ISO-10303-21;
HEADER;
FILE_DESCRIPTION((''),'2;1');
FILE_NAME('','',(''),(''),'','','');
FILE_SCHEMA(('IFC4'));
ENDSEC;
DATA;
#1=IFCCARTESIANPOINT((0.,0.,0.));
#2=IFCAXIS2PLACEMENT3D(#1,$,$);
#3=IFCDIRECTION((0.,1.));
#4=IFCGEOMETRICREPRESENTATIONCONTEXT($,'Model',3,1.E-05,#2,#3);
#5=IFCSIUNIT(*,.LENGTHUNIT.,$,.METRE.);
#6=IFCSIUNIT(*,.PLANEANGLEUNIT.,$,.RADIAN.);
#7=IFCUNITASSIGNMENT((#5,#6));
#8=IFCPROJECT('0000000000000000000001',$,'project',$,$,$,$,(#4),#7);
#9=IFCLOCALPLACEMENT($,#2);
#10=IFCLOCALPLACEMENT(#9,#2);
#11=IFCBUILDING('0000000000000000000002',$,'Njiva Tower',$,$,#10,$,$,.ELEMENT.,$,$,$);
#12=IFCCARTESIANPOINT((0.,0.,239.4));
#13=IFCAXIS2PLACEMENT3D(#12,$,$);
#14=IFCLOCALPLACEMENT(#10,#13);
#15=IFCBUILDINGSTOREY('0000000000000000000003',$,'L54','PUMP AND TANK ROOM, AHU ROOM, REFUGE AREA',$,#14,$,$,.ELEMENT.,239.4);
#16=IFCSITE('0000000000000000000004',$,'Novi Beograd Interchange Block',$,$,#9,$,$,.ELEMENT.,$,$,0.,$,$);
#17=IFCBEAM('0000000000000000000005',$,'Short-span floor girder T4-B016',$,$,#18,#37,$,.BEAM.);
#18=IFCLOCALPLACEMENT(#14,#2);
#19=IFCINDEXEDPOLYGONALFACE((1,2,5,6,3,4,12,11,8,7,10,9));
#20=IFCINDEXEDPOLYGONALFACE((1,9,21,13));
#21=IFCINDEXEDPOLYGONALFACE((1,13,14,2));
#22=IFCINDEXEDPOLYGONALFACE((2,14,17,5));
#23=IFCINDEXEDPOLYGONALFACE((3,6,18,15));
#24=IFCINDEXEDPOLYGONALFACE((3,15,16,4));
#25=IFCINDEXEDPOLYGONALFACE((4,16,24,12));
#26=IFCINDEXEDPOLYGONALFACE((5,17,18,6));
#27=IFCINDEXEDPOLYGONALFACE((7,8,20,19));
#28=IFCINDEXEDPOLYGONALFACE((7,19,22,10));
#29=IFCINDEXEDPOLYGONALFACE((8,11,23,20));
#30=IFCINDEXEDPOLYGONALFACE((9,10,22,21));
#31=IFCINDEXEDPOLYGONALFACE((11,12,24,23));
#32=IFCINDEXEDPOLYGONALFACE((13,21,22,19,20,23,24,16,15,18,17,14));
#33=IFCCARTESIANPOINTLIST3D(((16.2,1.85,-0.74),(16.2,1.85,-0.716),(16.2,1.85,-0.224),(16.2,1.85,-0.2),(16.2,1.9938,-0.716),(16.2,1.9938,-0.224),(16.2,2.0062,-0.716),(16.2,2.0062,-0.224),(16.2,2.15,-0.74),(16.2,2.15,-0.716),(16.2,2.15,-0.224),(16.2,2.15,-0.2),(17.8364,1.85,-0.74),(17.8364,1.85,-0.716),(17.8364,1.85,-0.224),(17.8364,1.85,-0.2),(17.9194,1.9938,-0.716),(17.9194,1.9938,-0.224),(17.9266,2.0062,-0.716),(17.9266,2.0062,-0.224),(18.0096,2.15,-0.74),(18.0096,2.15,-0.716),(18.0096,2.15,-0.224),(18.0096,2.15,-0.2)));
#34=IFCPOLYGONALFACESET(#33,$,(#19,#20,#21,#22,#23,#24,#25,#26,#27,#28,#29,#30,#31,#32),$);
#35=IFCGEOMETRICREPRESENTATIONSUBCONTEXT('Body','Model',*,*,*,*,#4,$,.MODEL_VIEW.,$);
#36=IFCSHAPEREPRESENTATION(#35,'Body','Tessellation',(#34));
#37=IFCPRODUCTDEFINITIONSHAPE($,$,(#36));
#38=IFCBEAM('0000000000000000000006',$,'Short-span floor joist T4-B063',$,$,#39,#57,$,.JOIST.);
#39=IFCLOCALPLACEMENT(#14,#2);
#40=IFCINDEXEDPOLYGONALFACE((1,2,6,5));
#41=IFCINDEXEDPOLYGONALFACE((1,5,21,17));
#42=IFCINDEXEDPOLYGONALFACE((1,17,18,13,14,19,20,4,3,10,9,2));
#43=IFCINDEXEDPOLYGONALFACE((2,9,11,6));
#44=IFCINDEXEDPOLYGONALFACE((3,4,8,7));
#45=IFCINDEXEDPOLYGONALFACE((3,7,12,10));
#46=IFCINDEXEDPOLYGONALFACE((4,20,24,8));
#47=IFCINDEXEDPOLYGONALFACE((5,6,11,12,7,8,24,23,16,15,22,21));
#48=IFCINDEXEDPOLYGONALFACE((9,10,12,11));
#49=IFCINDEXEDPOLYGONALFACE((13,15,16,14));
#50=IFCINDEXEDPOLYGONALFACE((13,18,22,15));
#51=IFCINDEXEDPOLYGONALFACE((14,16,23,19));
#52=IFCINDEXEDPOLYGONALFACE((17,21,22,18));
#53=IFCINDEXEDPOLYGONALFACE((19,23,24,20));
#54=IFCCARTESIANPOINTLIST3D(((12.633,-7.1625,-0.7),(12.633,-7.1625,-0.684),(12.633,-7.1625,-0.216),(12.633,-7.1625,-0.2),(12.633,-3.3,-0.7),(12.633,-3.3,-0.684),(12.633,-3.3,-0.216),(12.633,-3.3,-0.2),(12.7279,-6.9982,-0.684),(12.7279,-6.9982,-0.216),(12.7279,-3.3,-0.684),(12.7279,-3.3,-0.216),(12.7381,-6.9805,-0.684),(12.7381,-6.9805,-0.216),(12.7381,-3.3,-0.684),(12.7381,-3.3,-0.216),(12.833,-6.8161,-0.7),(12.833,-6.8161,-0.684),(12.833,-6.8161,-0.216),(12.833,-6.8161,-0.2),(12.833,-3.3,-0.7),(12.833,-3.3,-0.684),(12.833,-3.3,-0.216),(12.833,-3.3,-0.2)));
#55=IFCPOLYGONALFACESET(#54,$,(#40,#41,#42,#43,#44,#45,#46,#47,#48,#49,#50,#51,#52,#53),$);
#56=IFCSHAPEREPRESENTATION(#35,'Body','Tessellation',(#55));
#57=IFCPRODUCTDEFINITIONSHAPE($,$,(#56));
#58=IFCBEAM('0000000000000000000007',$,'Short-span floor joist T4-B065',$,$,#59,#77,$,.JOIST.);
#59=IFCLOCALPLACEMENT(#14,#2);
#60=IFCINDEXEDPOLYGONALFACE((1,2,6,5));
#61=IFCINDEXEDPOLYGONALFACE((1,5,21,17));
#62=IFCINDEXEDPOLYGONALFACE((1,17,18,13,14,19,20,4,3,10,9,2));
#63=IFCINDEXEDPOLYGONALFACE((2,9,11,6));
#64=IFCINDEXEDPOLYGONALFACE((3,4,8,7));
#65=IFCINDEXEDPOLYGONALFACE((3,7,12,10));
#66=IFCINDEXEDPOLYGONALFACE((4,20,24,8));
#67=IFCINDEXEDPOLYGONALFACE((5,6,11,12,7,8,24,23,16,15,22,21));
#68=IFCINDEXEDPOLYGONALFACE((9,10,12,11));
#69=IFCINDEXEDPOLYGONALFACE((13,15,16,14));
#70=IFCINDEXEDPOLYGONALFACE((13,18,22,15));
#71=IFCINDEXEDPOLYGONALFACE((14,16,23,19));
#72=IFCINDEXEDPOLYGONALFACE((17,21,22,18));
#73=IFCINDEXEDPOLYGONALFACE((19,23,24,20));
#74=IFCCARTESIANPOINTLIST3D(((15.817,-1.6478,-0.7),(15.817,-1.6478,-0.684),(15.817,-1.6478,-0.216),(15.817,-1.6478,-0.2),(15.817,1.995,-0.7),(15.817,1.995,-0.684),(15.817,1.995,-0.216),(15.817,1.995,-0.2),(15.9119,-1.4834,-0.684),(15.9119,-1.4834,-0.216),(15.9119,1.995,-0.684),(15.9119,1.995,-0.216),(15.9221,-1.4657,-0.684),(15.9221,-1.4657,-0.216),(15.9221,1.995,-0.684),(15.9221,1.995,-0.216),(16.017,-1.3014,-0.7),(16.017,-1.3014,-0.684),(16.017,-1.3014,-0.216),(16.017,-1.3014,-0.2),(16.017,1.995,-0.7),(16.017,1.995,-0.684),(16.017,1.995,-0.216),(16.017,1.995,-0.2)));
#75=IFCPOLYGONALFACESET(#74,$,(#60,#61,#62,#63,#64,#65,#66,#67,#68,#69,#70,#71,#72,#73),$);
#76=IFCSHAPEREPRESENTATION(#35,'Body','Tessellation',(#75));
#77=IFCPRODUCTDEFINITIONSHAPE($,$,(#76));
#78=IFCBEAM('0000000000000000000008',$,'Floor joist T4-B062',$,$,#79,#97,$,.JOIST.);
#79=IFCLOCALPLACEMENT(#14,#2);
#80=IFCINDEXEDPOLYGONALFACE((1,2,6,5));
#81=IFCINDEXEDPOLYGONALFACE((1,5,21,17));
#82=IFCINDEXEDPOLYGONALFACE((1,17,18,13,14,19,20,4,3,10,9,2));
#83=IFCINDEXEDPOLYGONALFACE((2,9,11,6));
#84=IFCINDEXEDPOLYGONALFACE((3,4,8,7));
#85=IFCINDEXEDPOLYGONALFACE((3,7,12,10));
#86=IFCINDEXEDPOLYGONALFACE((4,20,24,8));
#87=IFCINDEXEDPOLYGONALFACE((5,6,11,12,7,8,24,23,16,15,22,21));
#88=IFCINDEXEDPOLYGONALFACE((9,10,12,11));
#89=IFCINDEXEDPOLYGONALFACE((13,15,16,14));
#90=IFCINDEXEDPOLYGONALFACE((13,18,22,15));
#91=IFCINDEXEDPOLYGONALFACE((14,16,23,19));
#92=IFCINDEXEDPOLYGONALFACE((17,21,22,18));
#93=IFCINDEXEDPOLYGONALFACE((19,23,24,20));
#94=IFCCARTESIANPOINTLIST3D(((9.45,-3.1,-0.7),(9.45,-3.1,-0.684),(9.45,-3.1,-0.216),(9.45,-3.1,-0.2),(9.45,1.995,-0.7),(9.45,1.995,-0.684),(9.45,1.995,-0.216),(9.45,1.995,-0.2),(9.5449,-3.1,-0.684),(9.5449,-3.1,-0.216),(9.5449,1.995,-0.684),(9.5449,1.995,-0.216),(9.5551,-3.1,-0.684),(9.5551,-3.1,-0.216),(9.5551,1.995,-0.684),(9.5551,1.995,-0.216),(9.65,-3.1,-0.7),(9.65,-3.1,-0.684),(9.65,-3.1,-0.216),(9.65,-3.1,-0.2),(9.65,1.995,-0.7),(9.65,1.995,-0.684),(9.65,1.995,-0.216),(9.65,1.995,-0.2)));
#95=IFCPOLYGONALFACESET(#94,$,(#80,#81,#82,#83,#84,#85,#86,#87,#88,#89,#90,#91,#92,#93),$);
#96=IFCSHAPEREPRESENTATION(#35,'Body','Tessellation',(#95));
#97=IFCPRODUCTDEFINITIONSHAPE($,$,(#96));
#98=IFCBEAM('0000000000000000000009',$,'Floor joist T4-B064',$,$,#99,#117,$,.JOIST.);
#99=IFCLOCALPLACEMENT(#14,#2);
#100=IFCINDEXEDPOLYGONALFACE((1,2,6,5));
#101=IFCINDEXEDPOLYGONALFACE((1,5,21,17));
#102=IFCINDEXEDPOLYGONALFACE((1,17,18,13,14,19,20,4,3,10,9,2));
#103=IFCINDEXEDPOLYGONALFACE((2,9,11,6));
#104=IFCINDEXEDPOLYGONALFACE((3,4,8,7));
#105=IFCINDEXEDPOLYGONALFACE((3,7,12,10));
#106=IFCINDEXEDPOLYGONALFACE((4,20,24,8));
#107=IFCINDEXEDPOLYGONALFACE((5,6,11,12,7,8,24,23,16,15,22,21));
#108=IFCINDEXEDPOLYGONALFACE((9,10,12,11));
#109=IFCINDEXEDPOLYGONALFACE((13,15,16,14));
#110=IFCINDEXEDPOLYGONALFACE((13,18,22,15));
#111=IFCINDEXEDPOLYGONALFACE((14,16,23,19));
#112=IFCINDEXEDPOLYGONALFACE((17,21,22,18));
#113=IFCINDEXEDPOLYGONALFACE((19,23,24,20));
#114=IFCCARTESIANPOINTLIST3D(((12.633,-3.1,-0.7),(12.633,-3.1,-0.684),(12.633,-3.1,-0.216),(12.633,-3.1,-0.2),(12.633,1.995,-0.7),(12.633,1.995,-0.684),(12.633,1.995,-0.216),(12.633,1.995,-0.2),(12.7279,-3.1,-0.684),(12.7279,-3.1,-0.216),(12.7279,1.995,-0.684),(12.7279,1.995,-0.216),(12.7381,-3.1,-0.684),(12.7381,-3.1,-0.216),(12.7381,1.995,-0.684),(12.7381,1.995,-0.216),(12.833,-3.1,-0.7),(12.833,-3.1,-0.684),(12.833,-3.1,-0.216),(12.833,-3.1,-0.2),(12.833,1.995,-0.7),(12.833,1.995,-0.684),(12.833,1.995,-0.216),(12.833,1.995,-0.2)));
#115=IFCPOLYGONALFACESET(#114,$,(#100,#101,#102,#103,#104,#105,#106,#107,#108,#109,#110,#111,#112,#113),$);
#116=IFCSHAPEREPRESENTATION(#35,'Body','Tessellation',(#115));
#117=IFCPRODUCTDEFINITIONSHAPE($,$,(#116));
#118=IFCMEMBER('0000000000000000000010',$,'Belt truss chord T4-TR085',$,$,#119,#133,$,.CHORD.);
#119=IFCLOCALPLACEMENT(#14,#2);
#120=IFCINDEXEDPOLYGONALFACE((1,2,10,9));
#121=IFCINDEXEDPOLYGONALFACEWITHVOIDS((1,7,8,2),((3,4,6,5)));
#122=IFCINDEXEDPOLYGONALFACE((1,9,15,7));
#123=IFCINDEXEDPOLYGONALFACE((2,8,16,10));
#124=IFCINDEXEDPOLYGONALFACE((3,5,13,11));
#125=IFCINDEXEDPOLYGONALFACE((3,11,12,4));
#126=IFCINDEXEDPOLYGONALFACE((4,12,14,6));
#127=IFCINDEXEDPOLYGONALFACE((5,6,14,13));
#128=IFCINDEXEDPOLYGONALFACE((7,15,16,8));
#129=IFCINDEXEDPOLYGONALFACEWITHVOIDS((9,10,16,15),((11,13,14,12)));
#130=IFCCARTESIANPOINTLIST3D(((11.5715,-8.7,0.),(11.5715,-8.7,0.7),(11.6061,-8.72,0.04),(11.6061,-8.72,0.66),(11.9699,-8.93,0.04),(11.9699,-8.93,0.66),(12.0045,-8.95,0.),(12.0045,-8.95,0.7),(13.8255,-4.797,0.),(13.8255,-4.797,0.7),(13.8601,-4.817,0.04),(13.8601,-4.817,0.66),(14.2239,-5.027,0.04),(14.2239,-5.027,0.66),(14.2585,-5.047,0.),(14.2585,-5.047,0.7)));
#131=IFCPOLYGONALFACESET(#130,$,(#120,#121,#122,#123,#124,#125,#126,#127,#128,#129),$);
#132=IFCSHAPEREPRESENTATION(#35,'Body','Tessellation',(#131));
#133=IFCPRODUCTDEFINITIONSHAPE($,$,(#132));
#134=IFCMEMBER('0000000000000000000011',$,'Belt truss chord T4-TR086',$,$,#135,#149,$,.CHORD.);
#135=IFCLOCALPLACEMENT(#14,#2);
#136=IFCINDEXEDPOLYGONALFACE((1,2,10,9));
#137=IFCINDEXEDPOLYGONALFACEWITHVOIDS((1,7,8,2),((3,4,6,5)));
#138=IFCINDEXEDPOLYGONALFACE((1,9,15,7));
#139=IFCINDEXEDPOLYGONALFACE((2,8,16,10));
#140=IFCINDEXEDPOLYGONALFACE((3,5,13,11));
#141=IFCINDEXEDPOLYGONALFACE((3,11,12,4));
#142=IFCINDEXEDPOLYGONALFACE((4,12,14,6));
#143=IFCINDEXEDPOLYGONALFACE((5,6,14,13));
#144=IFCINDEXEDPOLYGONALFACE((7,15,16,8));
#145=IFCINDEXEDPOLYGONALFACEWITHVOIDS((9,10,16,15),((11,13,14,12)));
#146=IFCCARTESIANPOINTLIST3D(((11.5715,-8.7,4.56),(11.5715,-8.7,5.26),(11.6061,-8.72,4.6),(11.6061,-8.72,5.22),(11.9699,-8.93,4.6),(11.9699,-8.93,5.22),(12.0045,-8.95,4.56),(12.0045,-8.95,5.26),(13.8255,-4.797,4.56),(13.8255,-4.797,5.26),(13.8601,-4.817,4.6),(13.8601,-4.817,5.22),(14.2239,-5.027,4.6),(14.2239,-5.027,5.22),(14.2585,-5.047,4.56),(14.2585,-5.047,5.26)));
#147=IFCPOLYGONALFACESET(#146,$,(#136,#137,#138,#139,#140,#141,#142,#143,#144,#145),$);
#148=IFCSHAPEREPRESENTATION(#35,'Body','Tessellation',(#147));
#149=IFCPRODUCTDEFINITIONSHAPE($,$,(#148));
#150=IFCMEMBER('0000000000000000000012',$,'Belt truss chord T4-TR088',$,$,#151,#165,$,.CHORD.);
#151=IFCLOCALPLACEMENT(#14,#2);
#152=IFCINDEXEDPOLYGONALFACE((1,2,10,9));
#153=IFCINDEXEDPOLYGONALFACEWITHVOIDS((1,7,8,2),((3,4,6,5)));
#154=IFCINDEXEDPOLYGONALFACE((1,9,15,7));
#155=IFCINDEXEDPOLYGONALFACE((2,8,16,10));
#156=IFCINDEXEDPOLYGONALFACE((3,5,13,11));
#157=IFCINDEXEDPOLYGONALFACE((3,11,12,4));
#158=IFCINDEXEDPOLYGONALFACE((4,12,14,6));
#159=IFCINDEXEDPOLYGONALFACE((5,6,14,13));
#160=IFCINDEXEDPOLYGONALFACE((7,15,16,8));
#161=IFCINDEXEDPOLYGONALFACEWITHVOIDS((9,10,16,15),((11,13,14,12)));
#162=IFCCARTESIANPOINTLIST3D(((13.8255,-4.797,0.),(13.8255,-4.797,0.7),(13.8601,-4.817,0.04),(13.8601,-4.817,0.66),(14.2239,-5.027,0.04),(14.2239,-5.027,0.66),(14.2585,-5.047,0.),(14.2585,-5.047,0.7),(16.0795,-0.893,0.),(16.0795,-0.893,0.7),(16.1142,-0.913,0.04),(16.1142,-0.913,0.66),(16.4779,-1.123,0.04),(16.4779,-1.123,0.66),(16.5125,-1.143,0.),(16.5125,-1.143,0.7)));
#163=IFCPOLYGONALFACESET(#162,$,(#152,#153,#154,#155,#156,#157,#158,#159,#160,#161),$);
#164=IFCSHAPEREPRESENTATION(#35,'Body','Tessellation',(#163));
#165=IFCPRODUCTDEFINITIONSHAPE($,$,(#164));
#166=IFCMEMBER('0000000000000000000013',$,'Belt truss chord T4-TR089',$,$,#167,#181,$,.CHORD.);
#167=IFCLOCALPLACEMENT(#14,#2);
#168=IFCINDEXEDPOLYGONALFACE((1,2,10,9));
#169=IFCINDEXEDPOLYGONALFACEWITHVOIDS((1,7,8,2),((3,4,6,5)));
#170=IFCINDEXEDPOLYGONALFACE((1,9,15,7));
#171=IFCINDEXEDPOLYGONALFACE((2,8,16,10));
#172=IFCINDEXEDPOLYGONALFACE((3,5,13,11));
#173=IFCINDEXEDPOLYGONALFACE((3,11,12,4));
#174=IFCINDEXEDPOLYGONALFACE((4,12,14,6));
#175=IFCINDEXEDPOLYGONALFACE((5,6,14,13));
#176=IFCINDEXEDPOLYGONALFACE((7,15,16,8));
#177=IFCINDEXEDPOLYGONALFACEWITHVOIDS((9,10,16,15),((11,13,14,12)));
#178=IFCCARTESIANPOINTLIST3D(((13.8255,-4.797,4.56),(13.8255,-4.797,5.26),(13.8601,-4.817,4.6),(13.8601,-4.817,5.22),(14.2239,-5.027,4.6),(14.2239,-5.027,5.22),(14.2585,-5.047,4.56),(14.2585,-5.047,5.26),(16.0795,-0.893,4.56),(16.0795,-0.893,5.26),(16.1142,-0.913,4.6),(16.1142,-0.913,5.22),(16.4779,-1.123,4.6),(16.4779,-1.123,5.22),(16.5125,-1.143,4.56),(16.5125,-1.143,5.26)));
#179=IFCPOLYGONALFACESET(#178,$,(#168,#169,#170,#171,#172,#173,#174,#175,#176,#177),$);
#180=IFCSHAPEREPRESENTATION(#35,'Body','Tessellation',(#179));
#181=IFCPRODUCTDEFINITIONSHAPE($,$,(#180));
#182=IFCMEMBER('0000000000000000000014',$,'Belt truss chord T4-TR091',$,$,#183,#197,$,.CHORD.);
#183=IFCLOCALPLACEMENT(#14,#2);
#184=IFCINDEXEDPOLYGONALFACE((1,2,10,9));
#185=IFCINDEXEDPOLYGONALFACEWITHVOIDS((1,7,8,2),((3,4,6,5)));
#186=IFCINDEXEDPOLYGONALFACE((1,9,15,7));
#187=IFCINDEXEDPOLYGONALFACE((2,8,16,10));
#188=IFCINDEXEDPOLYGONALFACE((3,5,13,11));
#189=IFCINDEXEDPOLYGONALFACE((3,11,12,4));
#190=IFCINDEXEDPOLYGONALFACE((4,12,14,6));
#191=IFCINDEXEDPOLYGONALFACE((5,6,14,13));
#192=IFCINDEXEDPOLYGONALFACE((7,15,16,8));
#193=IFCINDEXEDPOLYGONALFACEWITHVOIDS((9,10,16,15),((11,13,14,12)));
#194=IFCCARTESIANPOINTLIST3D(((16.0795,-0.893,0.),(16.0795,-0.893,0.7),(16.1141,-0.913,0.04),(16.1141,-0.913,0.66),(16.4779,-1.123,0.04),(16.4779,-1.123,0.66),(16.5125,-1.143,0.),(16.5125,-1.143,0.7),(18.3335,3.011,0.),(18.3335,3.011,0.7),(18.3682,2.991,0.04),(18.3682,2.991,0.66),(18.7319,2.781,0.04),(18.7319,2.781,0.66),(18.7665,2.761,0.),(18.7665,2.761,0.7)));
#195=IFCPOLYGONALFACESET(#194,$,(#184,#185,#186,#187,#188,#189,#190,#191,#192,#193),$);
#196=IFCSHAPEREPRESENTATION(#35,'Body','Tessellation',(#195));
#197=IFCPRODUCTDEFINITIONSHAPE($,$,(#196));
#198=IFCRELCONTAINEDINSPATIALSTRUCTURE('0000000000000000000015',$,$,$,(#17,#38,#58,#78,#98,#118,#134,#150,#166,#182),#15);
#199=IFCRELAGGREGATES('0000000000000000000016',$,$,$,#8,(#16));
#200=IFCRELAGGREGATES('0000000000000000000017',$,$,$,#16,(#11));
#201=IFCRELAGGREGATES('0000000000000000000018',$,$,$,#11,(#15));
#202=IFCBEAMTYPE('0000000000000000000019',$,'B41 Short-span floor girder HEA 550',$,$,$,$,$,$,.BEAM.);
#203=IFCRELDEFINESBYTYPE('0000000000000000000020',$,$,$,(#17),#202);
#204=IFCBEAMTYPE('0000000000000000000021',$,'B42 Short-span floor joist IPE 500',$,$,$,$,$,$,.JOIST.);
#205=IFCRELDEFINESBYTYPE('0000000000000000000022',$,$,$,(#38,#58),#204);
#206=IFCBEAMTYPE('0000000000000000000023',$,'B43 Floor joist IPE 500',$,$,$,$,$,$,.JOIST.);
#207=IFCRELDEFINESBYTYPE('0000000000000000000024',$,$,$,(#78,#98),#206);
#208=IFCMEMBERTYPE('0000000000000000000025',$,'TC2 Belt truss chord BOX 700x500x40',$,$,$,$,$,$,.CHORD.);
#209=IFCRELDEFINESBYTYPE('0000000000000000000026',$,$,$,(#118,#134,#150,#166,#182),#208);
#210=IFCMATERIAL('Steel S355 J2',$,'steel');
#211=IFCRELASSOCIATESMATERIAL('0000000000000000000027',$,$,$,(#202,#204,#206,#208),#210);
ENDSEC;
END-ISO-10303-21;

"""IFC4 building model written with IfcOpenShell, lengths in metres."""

from ifc_helpers import new_model, si_unit, direction, frame, origin, origin_2d, place, context, subcontext, project, spatial, hollow_rectangle, i_section, extrude, clip, halfspace, material, material_profile, profile_set, type_object, element, save


model = new_model("IFC4")

# Units and contexts
model_context = context("Model", 3, precision=1e-05, world=origin(), true_north=direction((0.0, 1.0)))
body_context = subcontext(model_context, "Body", "Model", "MODEL_VIEW")
ifc_project = project(units=[si_unit("LENGTHUNIT", "METRE"), si_unit("PLANEANGLEUNIT", "RADIAN")], contexts=[model_context])

# Site, building, storey
site_placement = place(None, origin())
site = spatial("IfcSite", under=ifc_project, at=site_placement, Name="Novi Beograd Interchange Block", CompositionType="ELEMENT", RefElevation=0.0)
building_placement = place(site_placement, origin())
building = spatial("IfcBuilding", under=site, at=building_placement, Name="Njiva Tower", CompositionType="ELEMENT")
storey_placement = place(building_placement, frame((0.0, 0.0, 239.4)))
storey = spatial("IfcBuildingStorey", under=building, at=storey_placement, Name="L54", Description="PUMP AND TANK ROOM, AHU ROOM, REFUGE AREA", CompositionType="ELEMENT", Elevation=239.4)

# Shared definitions
ifc_material_1 = material(Name="Steel S355 J2", Category="steel")

# Beams
ifc_material_profile_1 = material_profile(ifc_material_1, i_section(OverallWidth=0.3, OverallDepth=0.54, WebThickness=0.0125, FlangeThickness=0.024, at=origin_2d()), Name="HEA 550")
ifc_profile_set_1 = profile_set([ifc_material_profile_1], Name="Steel S355 J2")
beam_type_1 = type_object("IfcBeamType", Name="B41 Short-span floor girder HEA 550", PredefinedType="BEAM", material=ifc_profile_set_1)
beam_1_placement = place(storey_placement, frame((16.2, 2.0, -0.47), z_axis=(1.0, 0.0, 0.0), x_axis=(0.0, 1.0, 0.0)))
element("IfcBeam", 1, at=beam_1_placement, inside=storey, type_object=beam_type_1, Name="Short-span floor girder T4-B016", PredefinedType="BEAM", context=body_context, shape_type="Clipping", body=[
    clip(extrude(i_section(OverallWidth=0.3, OverallDepth=0.54, WebThickness=0.0125, FlangeThickness=0.024, at=origin_2d()), origin(), (0.0, 0.0, 1.0), 1.83), halfspace(frame((-0.025, 0.0, 1.7086), z_axis=(-0.499998, 0.0, 0.866027), x_axis=(0.0, 1.0, 0.0)), False)),
])
ifc_material_profile_2 = material_profile(ifc_material_1, i_section(OverallWidth=0.2, OverallDepth=0.5, WebThickness=0.0102, FlangeThickness=0.016, at=origin_2d()), Name="IPE 500")
ifc_profile_set_2 = profile_set([ifc_material_profile_2], Name="Steel S355 J2")
beam_type_2 = type_object("IfcBeamType", Name="B42 Short-span floor joist IPE 500", PredefinedType="JOIST", material=ifc_profile_set_2)
beam_2_placement = place(storey_placement, frame((12.733, -3.3, -0.45), z_axis=(0.0, -1.0, 0.0), x_axis=(1.0, 0.0, 0.0)))
element("IfcBeam", 2, at=beam_2_placement, inside=storey, type_object=beam_type_2, Name="Short-span floor joist T4-B063", PredefinedType="JOIST", context=body_context, shape_type="Clipping", body=[
    clip(extrude(i_section(OverallWidth=0.2, OverallDepth=0.5, WebThickness=0.0102, FlangeThickness=0.016, at=origin_2d()), origin(), (0.0, 0.0, 1.0), 3.882), halfspace(frame((0.0436, 0.0, 3.6138), z_axis=(0.866027, 0.0, 0.499998), x_axis=(0.0, 1.0, 0.0)), False)),
])
beam_3_placement = place(storey_placement, frame((15.917, 1.995, -0.45), z_axis=(0.0, -1.0, 0.0), x_axis=(1.0, 0.0, 0.0)))
element("IfcBeam", 3, at=beam_3_placement, inside=storey, type_object=beam_type_2, Name="Short-span floor joist T4-B065", PredefinedType="JOIST", context=body_context, shape_type="Clipping", body=[
    clip(extrude(i_section(OverallWidth=0.2, OverallDepth=0.5, WebThickness=0.0102, FlangeThickness=0.016, at=origin_2d()), origin(), (0.0, 0.0, 1.0), 3.663), halfspace(frame((0.043, 0.0, 3.3951), z_axis=(0.866027, 0.0, 0.499998), x_axis=(0.0, 1.0, 0.0)), False)),
])
ifc_material_profile_3 = material_profile(ifc_material_1, i_section(OverallWidth=0.2, OverallDepth=0.5, WebThickness=0.0102, FlangeThickness=0.016, at=origin_2d()), Name="IPE 500")
ifc_profile_set_3 = profile_set([ifc_material_profile_3], Name="Steel S355 J2")
beam_type_3 = type_object("IfcBeamType", Name="B43 Floor joist IPE 500", PredefinedType="JOIST", material=ifc_profile_set_3)
for number, where, z_axis, x_axis, name in (
    (4, (9.55, 1.995, -0.45), (0.0, -1.0, 0.0), (1.0, 0.0, 0.0), "Floor joist T4-B062"),
    (5, (12.733, 1.995, -0.45), (0.0, -1.0, 0.0), (1.0, 0.0, 0.0), "Floor joist T4-B064"),
):
    element("IfcBeam", number, at=place(storey_placement, frame(where, z_axis=z_axis, x_axis=x_axis)), inside=storey, type_object=beam_type_3, Name=name, PredefinedType="JOIST", context=body_context, shape_type="SweptSolid", body=[
        extrude(i_section(OverallWidth=0.2, OverallDepth=0.5, WebThickness=0.0102, FlangeThickness=0.016, at=origin_2d()), origin(), (0.0, 0.0, 1.0), 5.095),
    ])

# Members
ifc_material_profile_4 = material_profile(ifc_material_1, hollow_rectangle(XDim=0.5, YDim=0.7, WallThickness=0.04, at=origin_2d()), Name="BOX 700x500x40")
ifc_profile_set_4 = profile_set([ifc_material_profile_4], Name="Steel S355 J2")
member_type_1 = type_object("IfcMemberType", Name="TC2 Belt truss chord BOX 700x500x40", PredefinedType="CHORD", material=ifc_profile_set_4)
for number, where, z_axis, x_axis, name in (
    (6, (11.788, -8.825, 0.35), (0.5001, 0.865968, 0.0), (-0.865968, 0.5001, 0.0), "Belt truss chord T4-TR085"),
    (7, (11.788, -8.825, 4.91), (0.5001, 0.865968, 0.0), (-0.865968, 0.5001, 0.0), "Belt truss chord T4-TR086"),
):
    element("IfcMember", number, at=place(storey_placement, frame(where, z_axis=z_axis, x_axis=x_axis)), inside=storey, type_object=member_type_1, Name=name, PredefinedType="CHORD", context=body_context, shape_type="SweptSolid", body=[
        extrude(hollow_rectangle(XDim=0.5, YDim=0.7, WallThickness=0.04, at=origin_2d()), origin(), (0.0, 0.0, 1.0), 4.5071),
    ])
for number, where, z_axis, x_axis, name in (
    (8, (14.042, -4.922, 0.35), (0.500004, 0.866023, 0.0), (-0.866023, 0.500004, 0.0), "Belt truss chord T4-TR088"),
    (9, (14.042, -4.922, 4.91), (0.500004, 0.866023, 0.0), (-0.866023, 0.500004, 0.0), "Belt truss chord T4-TR089"),
    (10, (16.296, -1.018, 0.35), (0.500004, 0.866023, 0.0), (-0.866023, 0.500004, 0.0), "Belt truss chord T4-TR091"),
):
    element("IfcMember", number, at=place(storey_placement, frame(where, z_axis=z_axis, x_axis=x_axis)), inside=storey, type_object=member_type_1, Name=name, PredefinedType="CHORD", context=body_context, shape_type="SweptSolid", body=[
        extrude(hollow_rectangle(XDim=0.5, YDim=0.7, WallThickness=0.04, at=origin_2d()), origin(), (0.0, 0.0, 1.0), 4.508),
    ])

save(model, "model.ifc")
